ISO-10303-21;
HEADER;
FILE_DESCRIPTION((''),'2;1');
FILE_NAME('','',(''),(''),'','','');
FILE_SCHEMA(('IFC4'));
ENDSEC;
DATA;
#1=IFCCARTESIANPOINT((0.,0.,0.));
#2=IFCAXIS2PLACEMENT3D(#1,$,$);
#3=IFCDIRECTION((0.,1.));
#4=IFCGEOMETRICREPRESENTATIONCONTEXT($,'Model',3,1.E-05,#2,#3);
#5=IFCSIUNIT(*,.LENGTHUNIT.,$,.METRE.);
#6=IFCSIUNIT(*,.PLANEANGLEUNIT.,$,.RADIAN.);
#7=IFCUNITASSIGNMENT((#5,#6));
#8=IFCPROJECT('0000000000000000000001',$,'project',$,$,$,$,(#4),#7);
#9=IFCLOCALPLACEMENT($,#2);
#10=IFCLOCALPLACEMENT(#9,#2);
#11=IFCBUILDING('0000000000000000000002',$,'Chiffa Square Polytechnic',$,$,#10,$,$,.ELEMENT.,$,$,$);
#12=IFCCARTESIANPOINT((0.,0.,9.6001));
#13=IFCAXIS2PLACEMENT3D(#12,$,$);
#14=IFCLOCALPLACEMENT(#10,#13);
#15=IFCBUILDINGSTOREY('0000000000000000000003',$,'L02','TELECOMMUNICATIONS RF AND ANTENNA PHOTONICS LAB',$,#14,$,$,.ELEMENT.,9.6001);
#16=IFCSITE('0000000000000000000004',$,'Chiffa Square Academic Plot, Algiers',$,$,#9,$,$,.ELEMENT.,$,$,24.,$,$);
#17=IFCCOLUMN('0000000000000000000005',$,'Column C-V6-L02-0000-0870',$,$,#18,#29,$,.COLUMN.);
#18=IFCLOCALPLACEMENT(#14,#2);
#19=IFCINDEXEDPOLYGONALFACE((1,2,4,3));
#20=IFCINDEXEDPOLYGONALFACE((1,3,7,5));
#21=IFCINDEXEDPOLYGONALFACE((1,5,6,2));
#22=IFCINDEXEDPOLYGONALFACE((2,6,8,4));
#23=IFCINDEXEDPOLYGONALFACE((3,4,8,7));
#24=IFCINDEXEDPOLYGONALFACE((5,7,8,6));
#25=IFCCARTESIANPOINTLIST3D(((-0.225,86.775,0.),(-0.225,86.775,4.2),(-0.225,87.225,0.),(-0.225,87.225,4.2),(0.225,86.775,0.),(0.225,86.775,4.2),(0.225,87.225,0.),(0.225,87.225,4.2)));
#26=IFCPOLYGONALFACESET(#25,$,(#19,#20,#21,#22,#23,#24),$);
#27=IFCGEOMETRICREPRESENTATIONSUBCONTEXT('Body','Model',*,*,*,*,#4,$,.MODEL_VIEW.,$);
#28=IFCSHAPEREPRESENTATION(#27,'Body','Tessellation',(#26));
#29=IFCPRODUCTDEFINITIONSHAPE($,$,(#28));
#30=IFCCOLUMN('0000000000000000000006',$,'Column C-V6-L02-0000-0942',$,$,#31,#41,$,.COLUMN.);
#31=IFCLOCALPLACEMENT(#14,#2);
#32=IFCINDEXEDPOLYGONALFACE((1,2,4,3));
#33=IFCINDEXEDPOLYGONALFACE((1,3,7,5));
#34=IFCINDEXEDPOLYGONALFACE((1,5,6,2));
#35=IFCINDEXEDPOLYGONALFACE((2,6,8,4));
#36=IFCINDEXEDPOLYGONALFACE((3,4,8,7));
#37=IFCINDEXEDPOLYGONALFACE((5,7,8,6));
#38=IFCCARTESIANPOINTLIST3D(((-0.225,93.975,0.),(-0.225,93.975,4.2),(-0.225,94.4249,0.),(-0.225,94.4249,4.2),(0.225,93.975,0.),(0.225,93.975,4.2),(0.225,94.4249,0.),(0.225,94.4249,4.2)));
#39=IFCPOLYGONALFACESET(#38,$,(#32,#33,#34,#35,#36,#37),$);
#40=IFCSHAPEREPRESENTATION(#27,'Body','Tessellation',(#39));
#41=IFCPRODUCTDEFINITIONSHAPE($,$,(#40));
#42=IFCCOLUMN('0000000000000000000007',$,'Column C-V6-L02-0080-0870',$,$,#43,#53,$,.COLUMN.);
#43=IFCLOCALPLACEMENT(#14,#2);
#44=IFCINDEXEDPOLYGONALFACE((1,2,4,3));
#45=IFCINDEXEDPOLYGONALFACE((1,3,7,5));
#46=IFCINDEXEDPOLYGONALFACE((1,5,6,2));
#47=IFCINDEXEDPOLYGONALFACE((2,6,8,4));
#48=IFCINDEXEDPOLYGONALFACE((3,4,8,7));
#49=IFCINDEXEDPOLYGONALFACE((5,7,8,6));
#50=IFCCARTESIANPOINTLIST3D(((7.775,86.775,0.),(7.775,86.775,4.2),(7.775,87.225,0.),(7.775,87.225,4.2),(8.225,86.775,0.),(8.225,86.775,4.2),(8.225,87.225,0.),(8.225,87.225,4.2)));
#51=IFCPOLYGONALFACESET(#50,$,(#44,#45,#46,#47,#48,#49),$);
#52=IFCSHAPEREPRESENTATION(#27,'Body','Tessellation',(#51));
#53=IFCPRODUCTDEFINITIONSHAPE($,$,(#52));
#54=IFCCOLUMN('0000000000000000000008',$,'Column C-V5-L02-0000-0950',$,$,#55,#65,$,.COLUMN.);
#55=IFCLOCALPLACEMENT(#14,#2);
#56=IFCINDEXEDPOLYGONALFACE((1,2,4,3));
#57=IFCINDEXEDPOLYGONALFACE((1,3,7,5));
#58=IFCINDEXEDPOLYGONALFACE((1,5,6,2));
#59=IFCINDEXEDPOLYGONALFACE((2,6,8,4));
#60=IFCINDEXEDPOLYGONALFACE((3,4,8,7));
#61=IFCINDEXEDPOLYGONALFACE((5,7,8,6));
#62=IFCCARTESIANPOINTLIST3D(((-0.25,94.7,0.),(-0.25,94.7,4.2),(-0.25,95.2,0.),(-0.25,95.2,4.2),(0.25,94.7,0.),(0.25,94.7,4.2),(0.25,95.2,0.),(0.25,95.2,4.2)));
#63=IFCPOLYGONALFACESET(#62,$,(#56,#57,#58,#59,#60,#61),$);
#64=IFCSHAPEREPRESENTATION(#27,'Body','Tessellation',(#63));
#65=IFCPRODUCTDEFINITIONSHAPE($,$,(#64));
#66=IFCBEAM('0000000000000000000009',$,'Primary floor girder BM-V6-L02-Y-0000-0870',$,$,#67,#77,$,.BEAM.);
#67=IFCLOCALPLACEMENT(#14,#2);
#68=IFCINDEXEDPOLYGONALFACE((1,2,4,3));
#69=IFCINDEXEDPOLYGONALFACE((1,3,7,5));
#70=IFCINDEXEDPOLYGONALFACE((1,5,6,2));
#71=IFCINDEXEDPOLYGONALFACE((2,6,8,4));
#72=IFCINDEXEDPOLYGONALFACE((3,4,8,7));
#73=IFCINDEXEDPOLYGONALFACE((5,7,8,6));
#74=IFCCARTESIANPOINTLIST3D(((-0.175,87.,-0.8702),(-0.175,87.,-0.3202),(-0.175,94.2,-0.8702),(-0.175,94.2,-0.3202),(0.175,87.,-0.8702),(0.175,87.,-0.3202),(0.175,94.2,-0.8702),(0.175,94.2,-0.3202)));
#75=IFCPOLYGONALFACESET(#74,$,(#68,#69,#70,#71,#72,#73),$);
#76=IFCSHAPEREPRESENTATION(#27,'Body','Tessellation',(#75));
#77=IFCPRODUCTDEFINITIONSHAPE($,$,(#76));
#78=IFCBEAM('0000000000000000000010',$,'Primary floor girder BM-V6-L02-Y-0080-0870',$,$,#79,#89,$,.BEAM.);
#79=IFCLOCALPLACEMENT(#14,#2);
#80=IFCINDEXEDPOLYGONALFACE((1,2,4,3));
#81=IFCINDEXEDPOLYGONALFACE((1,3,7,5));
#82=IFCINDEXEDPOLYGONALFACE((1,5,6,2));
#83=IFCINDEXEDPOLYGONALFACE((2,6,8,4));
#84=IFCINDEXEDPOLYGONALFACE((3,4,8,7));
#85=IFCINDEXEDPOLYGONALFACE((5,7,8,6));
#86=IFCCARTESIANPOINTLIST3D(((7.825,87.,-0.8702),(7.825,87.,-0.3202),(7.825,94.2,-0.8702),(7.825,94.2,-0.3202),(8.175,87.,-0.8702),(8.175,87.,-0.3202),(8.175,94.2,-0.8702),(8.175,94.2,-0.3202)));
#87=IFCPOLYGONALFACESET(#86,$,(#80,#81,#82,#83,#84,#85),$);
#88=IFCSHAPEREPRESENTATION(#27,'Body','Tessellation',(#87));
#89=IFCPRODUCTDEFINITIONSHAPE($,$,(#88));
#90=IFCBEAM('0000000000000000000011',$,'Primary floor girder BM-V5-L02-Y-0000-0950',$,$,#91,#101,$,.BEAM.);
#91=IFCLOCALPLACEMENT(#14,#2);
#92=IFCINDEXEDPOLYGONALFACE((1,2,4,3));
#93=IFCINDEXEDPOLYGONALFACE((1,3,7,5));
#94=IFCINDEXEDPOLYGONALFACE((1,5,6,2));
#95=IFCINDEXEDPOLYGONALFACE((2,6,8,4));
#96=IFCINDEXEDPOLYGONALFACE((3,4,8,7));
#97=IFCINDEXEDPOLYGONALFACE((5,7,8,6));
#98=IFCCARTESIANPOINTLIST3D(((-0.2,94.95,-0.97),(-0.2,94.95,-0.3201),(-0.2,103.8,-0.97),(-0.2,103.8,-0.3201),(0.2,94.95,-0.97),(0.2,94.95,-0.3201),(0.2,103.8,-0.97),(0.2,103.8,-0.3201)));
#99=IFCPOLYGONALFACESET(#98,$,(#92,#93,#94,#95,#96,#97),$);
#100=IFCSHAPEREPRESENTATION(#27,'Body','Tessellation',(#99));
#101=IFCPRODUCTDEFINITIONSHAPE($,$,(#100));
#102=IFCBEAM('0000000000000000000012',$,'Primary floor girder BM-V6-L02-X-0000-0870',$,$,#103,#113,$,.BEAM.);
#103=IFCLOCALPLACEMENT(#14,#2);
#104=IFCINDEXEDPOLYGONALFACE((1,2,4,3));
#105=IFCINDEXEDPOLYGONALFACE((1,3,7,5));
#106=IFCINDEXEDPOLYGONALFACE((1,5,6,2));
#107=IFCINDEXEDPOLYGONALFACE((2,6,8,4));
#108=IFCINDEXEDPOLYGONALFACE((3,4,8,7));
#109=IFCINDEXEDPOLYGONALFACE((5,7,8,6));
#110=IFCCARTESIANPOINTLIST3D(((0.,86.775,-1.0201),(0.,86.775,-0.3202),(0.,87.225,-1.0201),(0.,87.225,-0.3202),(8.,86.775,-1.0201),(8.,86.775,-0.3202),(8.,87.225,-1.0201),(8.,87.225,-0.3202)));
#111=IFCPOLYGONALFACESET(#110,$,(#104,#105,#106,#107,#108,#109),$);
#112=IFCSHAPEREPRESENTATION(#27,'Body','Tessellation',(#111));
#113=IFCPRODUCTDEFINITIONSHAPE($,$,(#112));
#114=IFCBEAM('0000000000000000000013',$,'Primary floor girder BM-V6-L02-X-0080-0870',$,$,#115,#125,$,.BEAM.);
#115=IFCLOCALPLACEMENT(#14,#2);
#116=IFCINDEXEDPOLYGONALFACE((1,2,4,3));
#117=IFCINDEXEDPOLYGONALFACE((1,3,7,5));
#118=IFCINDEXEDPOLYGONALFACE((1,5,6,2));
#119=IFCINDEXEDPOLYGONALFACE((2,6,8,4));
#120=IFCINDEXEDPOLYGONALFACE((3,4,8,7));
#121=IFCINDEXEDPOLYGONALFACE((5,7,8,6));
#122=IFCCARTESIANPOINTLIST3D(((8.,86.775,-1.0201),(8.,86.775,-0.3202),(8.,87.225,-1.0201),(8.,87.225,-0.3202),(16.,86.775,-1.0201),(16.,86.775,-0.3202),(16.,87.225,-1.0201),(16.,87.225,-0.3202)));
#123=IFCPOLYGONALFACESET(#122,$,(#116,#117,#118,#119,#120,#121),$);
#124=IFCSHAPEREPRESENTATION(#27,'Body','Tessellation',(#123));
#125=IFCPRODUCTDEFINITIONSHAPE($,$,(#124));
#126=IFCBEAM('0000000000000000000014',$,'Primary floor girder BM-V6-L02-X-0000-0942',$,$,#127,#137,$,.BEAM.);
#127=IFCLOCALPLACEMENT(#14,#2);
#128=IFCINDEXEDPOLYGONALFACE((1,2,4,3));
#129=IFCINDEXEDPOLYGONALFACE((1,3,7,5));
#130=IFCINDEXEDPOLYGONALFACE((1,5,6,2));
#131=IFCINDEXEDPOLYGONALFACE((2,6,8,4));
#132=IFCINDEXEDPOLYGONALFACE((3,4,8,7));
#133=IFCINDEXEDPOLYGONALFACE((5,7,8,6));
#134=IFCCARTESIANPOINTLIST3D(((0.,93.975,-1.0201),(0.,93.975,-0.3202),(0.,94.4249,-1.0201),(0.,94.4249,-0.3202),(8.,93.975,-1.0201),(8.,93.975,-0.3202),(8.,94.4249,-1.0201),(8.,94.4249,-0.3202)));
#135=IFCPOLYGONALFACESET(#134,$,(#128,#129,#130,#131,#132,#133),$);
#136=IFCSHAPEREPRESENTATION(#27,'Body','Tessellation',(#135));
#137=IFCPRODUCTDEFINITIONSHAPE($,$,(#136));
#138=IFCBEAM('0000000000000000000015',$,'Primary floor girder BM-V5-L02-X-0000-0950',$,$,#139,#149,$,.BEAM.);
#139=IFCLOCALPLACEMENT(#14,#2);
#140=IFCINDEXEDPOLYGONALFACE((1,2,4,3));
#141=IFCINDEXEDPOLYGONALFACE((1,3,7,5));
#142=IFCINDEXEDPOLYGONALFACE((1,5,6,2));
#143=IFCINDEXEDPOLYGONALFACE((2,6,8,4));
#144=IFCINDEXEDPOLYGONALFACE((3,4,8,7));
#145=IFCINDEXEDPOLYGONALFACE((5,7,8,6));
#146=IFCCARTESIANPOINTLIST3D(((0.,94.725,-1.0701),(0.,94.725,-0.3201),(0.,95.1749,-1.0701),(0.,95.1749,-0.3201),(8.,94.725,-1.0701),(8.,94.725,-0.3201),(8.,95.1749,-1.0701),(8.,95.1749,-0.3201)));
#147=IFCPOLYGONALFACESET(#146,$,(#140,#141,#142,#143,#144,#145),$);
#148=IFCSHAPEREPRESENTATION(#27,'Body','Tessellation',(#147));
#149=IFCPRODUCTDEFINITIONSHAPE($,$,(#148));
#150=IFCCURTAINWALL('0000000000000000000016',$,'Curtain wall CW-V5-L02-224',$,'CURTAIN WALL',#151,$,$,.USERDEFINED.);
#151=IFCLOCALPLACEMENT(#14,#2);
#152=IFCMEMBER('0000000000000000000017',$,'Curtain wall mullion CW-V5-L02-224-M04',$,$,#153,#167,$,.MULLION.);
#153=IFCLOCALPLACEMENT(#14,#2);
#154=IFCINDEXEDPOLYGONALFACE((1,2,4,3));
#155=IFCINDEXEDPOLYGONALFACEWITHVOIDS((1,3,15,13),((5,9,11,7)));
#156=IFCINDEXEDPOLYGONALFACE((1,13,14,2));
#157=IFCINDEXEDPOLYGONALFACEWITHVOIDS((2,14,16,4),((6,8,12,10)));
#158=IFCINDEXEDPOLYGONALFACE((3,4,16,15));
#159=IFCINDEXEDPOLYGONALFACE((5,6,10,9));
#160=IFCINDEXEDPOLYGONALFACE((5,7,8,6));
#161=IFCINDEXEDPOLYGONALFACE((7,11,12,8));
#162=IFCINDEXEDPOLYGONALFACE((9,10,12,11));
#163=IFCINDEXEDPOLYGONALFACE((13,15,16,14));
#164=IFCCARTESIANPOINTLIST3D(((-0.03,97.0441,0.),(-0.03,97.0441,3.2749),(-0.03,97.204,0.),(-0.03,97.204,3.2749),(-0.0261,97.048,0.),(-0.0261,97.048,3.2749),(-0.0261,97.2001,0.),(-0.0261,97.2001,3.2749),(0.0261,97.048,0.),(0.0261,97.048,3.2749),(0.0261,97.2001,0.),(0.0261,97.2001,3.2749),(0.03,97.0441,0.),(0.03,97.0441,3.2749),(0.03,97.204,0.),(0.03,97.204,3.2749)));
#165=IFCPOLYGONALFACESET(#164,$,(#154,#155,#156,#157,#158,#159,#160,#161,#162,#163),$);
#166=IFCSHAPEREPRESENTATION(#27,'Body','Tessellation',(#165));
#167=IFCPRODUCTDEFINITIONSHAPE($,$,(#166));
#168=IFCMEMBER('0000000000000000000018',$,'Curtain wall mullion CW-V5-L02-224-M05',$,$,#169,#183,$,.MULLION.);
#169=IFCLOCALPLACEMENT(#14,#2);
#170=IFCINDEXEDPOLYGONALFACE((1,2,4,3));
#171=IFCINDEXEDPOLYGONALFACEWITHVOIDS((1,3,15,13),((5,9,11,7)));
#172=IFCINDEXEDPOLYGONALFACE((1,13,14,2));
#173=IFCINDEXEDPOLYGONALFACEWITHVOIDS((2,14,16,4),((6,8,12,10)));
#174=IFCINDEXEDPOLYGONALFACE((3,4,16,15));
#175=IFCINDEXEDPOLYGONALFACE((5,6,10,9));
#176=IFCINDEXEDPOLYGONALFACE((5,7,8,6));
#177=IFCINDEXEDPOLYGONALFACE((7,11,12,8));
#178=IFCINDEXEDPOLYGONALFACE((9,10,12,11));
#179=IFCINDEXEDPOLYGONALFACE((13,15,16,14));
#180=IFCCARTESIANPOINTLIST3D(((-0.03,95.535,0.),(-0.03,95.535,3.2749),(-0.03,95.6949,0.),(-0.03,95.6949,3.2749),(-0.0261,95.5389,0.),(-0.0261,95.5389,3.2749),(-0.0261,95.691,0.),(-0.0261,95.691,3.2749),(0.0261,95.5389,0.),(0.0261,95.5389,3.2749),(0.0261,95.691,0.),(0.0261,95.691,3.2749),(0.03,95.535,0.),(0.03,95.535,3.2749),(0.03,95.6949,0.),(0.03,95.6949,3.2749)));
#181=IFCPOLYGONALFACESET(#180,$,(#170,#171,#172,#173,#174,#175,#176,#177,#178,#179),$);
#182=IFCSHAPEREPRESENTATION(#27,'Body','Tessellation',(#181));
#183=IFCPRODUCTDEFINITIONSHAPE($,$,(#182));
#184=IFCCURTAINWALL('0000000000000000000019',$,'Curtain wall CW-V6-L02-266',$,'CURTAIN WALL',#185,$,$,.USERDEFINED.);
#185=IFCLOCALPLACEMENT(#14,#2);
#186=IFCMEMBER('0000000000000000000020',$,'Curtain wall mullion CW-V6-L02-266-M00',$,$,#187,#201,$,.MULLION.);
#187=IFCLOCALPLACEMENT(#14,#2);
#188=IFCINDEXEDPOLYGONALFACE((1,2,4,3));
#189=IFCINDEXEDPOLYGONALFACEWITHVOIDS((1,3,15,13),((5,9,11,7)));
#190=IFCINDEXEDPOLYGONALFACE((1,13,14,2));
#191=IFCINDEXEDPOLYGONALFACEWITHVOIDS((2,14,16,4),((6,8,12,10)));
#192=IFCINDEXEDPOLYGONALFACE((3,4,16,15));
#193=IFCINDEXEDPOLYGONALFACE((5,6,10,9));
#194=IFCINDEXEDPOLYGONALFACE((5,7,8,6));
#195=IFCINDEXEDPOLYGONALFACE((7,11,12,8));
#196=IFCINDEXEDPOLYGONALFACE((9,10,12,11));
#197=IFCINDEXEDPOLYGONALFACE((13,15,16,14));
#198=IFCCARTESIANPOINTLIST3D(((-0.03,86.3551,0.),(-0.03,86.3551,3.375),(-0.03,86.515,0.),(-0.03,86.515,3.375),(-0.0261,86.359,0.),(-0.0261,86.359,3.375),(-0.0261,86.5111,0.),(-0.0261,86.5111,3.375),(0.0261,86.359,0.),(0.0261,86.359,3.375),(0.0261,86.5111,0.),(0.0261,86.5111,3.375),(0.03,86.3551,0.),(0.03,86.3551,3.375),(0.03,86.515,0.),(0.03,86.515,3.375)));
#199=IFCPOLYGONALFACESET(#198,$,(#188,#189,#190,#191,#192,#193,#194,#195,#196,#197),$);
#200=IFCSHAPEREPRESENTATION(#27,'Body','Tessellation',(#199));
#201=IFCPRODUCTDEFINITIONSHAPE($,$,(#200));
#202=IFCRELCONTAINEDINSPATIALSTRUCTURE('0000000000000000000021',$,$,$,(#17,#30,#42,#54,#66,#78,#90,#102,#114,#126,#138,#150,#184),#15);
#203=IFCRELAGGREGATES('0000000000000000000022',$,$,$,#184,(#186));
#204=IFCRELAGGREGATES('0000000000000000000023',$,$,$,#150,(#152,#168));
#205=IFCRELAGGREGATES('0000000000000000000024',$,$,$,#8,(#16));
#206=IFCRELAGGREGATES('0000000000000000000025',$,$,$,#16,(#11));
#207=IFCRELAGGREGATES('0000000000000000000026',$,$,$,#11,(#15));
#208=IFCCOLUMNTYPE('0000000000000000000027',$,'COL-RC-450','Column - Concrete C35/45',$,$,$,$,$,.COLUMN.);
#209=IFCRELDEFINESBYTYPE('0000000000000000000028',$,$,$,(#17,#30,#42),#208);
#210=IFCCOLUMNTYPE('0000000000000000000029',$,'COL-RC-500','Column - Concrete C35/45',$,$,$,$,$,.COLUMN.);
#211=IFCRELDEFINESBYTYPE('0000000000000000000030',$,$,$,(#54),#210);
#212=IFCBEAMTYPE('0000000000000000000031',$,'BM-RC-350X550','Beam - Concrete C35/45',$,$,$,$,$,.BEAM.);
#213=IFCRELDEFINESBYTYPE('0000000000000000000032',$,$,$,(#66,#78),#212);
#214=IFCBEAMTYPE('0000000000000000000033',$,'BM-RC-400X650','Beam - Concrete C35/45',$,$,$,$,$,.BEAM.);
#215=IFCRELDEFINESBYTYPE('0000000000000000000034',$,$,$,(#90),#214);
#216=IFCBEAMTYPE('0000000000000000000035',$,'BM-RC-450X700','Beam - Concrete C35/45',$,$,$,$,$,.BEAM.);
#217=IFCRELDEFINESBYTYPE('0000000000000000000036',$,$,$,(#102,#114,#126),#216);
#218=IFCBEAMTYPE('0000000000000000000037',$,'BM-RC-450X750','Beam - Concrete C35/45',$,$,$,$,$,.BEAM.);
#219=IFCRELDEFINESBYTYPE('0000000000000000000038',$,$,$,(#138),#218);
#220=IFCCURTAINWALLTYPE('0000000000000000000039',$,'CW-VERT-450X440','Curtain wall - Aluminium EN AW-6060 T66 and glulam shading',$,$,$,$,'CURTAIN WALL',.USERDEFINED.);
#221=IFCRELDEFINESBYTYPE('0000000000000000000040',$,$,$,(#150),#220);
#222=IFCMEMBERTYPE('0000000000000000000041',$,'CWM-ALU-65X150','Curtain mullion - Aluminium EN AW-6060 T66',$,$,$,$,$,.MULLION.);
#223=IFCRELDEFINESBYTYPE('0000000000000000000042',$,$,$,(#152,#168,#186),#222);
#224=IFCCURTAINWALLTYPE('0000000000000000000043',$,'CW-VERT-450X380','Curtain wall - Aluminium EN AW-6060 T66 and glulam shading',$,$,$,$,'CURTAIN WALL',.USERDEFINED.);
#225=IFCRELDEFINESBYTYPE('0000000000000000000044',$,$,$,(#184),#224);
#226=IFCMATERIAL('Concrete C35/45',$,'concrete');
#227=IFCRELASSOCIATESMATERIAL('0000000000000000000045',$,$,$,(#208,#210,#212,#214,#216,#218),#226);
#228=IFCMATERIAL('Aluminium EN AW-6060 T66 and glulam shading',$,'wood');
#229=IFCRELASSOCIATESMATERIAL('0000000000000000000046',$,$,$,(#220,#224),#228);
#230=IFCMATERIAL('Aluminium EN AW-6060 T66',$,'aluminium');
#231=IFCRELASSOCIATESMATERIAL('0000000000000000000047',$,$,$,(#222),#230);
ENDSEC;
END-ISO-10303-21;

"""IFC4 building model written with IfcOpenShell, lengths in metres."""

from ifc_helpers import new_model, si_unit, direction, frame, origin, origin_2d, place, context, subcontext, project, spatial, rectangle, hollow_rectangle, extrude, material, material_profile, profile_set, type_object, element, aggregate, save


model = new_model("IFC4")

# Units and contexts
model_context = context("Model", 3, precision=1e-05, world=origin(), true_north=direction((0.0, 1.0)))
body_context = subcontext(model_context, "Body", "Model", "MODEL_VIEW")
ifc_project = project(units=[si_unit("LENGTHUNIT", "METRE"), si_unit("PLANEANGLEUNIT", "RADIAN")], contexts=[model_context])

# Site, building, storey
site_placement = place(None, origin())
site = spatial("IfcSite", under=ifc_project, at=site_placement, Name="Chiffa Square Academic Plot, Algiers", CompositionType="ELEMENT", RefElevation=24.0)
building_placement = place(site_placement, origin())
building = spatial("IfcBuilding", under=site, at=building_placement, Name="Chiffa Square Polytechnic", CompositionType="ELEMENT")
storey_placement = place(building_placement, frame((0.0, 0.0, 9.6001)))
storey = spatial("IfcBuildingStorey", under=building, at=storey_placement, Name="L02", Description="TELECOMMUNICATIONS RF AND ANTENNA PHOTONICS LAB", CompositionType="ELEMENT", Elevation=9.6001)

# Columns
ifc_material_1 = material(Name="Concrete C35/45", Category="concrete")
ifc_material_profile_1 = material_profile(ifc_material_1, rectangle(XDim=0.45, YDim=0.45, at=origin_2d()), Name="RC 450x450")
ifc_profile_set_1 = profile_set([ifc_material_profile_1], Name="Concrete C35/45")
column_type_1 = type_object("IfcColumnType", Name="COL-RC-450", Description="Column - Concrete C35/45", PredefinedType="COLUMN", material=ifc_profile_set_1)
for number, where, z_axis, x_axis, name in (
    (1, (0.0, 87.0, 0.0), (0.0, 0.0, 1.0), (1.0, 0.0, 0.0), "Column C-V6-L02-0000-0870"),
    (2, (0.0, 94.2, 0.0), (0.0, 0.0, 1.0), (1.0, 0.0, 0.0), "Column C-V6-L02-0000-0942"),
    (3, (8.0, 87.0, 0.0), (0.0, 0.0, 1.0), (1.0, 0.0, 0.0), "Column C-V6-L02-0080-0870"),
):
    element("IfcColumn", number, at=place(storey_placement, frame(where, z_axis=z_axis, x_axis=x_axis)), inside=storey, type_object=column_type_1, Name=name, PredefinedType="COLUMN", context=body_context, shape_type="SweptSolid", body=[
        extrude(rectangle(XDim=0.45, YDim=0.45, at=origin_2d()), origin(), (0.0, 0.0, 1.0), 4.2),
    ])
ifc_material_profile_2 = material_profile(ifc_material_1, rectangle(XDim=0.5, YDim=0.5, at=origin_2d()), Name="RC 500x500")
ifc_profile_set_2 = profile_set([ifc_material_profile_2], Name="Concrete C35/45")
column_type_2 = type_object("IfcColumnType", Name="COL-RC-500", Description="Column - Concrete C35/45", PredefinedType="COLUMN", material=ifc_profile_set_2)
column_placement = place(storey_placement, frame((0.0, 94.95, 0.0), z_axis=(0.0, 0.0, 1.0), x_axis=(1.0, 0.0, 0.0)))
element("IfcColumn", 4, at=column_placement, inside=storey, type_object=column_type_2, Name="Column C-V5-L02-0000-0950", PredefinedType="COLUMN", context=body_context, shape_type="SweptSolid", body=[
    extrude(rectangle(XDim=0.5, YDim=0.5, at=origin_2d()), origin(), (0.0, 0.0, 1.0), 4.2),
])

# Beams
ifc_material_profile_3 = material_profile(ifc_material_1, rectangle(XDim=0.3501, YDim=0.55, at=origin_2d()), Name="RC 350x550")
ifc_profile_set_3 = profile_set([ifc_material_profile_3], Name="Concrete C35/45")
beam_type_1 = type_object("IfcBeamType", Name="BM-RC-350X550", Description="Beam - Concrete C35/45", PredefinedType="BEAM", material=ifc_profile_set_3)
for number, where, z_axis, x_axis, name in (
    (5, (0.0, 87.0, -0.5952), (0.0, 1.0, 0.0), (-1.0, 0.0, 0.0), "Primary floor girder BM-V6-L02-Y-0000-0870"),
    (6, (8.0, 87.0, -0.5952), (0.0, 1.0, 0.0), (-1.0, 0.0, 0.0), "Primary floor girder BM-V6-L02-Y-0080-0870"),
):
    element("IfcBeam", number, at=place(storey_placement, frame(where, z_axis=z_axis, x_axis=x_axis)), inside=storey, type_object=beam_type_1, Name=name, PredefinedType="BEAM", context=body_context, shape_type="SweptSolid", body=[
        extrude(rectangle(XDim=0.3501, YDim=0.55, at=origin_2d()), origin(), (0.0, 0.0, 1.0), 7.2),
    ])
ifc_material_profile_4 = material_profile(ifc_material_1, rectangle(XDim=0.3999, YDim=0.6499, at=origin_2d()), Name="RC 400x650")
ifc_profile_set_4 = profile_set([ifc_material_profile_4], Name="Concrete C35/45")
beam_type_2 = type_object("IfcBeamType", Name="BM-RC-400X650", Description="Beam - Concrete C35/45", PredefinedType="BEAM", material=ifc_profile_set_4)
beam_1_placement = place(storey_placement, frame((0.0, 94.95, -0.645), z_axis=(0.0, 1.0, 0.0), x_axis=(-1.0, 0.0, 0.0)))
element("IfcBeam", 7, at=beam_1_placement, inside=storey, type_object=beam_type_2, Name="Primary floor girder BM-V5-L02-Y-0000-0950", PredefinedType="BEAM", context=body_context, shape_type="SweptSolid", body=[
    extrude(rectangle(XDim=0.3999, YDim=0.6499, at=origin_2d()), origin(), (0.0, 0.0, 1.0), 8.8501),
])
ifc_material_profile_5 = material_profile(ifc_material_1, rectangle(XDim=0.45, YDim=0.7, at=origin_2d()), Name="RC 450x700")
ifc_profile_set_5 = profile_set([ifc_material_profile_5], Name="Concrete C35/45")
beam_type_3 = type_object("IfcBeamType", Name="BM-RC-450X700", Description="Beam - Concrete C35/45", PredefinedType="BEAM", material=ifc_profile_set_5)
for number, where, z_axis, x_axis, name in (
    (8, (0.0, 87.0, -0.6702), (1.0, 0.0, 0.0), (0.0, 1.0, 0.0), "Primary floor girder BM-V6-L02-X-0000-0870"),
    (9, (8.0, 87.0, -0.6702), (1.0, 0.0, 0.0), (0.0, 1.0, 0.0), "Primary floor girder BM-V6-L02-X-0080-0870"),
    (10, (0.0, 94.2, -0.6702), (1.0, 0.0, 0.0), (0.0, 1.0, 0.0), "Primary floor girder BM-V6-L02-X-0000-0942"),
):
    element("IfcBeam", number, at=place(storey_placement, frame(where, z_axis=z_axis, x_axis=x_axis)), inside=storey, type_object=beam_type_3, Name=name, PredefinedType="BEAM", context=body_context, shape_type="SweptSolid", body=[
        extrude(rectangle(XDim=0.45, YDim=0.7, at=origin_2d()), origin(), (0.0, 0.0, 1.0), 8.0),
    ])
ifc_material_profile_6 = material_profile(ifc_material_1, rectangle(XDim=0.45, YDim=0.75, at=origin_2d()), Name="RC 450x750")
ifc_profile_set_6 = profile_set([ifc_material_profile_6], Name="Concrete C35/45")
beam_type_4 = type_object("IfcBeamType", Name="BM-RC-450X750", Description="Beam - Concrete C35/45", PredefinedType="BEAM", material=ifc_profile_set_6)
beam_2_placement = place(storey_placement, frame((0.0, 94.95, -0.6951), z_axis=(1.0, 0.0, 0.0), x_axis=(0.0, 1.0, 0.0)))
element("IfcBeam", 11, at=beam_2_placement, inside=storey, type_object=beam_type_4, Name="Primary floor girder BM-V5-L02-X-0000-0950", PredefinedType="BEAM", context=body_context, shape_type="SweptSolid", body=[
    extrude(rectangle(XDim=0.45, YDim=0.75, at=origin_2d()), origin(), (0.0, 0.0, 1.0), 8.0),
])

# Curtain wall, members
ifc_material_2 = material(Name="Aluminium EN AW-6060 T66 and glulam shading", Category="wood")
curtain_wall_type_1 = type_object("IfcCurtainWallType", Name="CW-VERT-450X440", Description="Curtain wall - Aluminium EN AW-6060 T66 and glulam shading", ElementType="CURTAIN WALL", PredefinedType="USERDEFINED", material=ifc_material_2)
curtain_wall_1_placement = place(storey_placement, origin())
curtain_wall_1 = element("IfcCurtainWall", 12, at=curtain_wall_1_placement, inside=storey, type_object=curtain_wall_type_1, Name="Curtain wall CW-V5-L02-224", ObjectType="CURTAIN WALL", PredefinedType="USERDEFINED")
ifc_material_3 = material(Name="Aluminium EN AW-6060 T66", Category="aluminium")
ifc_material_profile_7 = material_profile(ifc_material_3, hollow_rectangle(XDim=0.0601, YDim=0.1599, WallThickness=0.0039, at=origin_2d()), Name="ALU 60x160x4")
ifc_profile_set_7 = profile_set([ifc_material_profile_7], Name="Aluminium EN AW-6060 T66")
member_type_1 = type_object("IfcMemberType", Name="CWM-ALU-65X150", Description="Curtain mullion - Aluminium EN AW-6060 T66", PredefinedType="MULLION", material=ifc_profile_set_7)
member_1_placement = place(storey_placement, frame((0.0, 97.124, 0.0), z_axis=(0.0, 0.0, 1.0), x_axis=(1.0, 0.0, 0.0)))
member_1 = element("IfcMember", 13, at=member_1_placement, type_object=member_type_1, Name="Curtain wall mullion CW-V5-L02-224-M04", PredefinedType="MULLION", context=body_context, shape_type="SweptSolid", body=[
    extrude(hollow_rectangle(XDim=0.0601, YDim=0.1599, WallThickness=0.0039, at=origin_2d()), origin(), (0.0, 0.0, 1.0), 3.2749),
])
member_2_placement = place(storey_placement, frame((0.0, 95.615, 0.0), z_axis=(0.0, 0.0, 1.0), x_axis=(1.0, 0.0, 0.0)))
member_2 = element("IfcMember", 14, at=member_2_placement, type_object=member_type_1, Name="Curtain wall mullion CW-V5-L02-224-M05", PredefinedType="MULLION", context=body_context, shape_type="SweptSolid", body=[
    extrude(hollow_rectangle(XDim=0.0601, YDim=0.1599, WallThickness=0.0039, at=origin_2d()), origin(), (0.0, 0.0, 1.0), 3.2749),
])

# Curtain wall, member
curtain_wall_type_2 = type_object("IfcCurtainWallType", Name="CW-VERT-450X380", Description="Curtain wall - Aluminium EN AW-6060 T66 and glulam shading", ElementType="CURTAIN WALL", PredefinedType="USERDEFINED", material=ifc_material_2)
curtain_wall_2_placement = place(storey_placement, origin())
curtain_wall_2 = element("IfcCurtainWall", 15, at=curtain_wall_2_placement, inside=storey, type_object=curtain_wall_type_2, Name="Curtain wall CW-V6-L02-266", ObjectType="CURTAIN WALL", PredefinedType="USERDEFINED")
member_3_placement = place(storey_placement, frame((0.0, 86.4351, 0.0), z_axis=(0.0, 0.0, 1.0), x_axis=(1.0, 0.0, 0.0)))
member_3 = element("IfcMember", 16, at=member_3_placement, type_object=member_type_1, Name="Curtain wall mullion CW-V6-L02-266-M00", PredefinedType="MULLION", context=body_context, shape_type="SweptSolid", body=[
    extrude(hollow_rectangle(XDim=0.0601, YDim=0.1599, WallThickness=0.0039, at=origin_2d()), origin(), (0.0, 0.0, 1.0), 3.375),
])

aggregate(curtain_wall_2, [member_3])

aggregate(curtain_wall_1, [member_1, member_2])

save(model, "model.ifc")
